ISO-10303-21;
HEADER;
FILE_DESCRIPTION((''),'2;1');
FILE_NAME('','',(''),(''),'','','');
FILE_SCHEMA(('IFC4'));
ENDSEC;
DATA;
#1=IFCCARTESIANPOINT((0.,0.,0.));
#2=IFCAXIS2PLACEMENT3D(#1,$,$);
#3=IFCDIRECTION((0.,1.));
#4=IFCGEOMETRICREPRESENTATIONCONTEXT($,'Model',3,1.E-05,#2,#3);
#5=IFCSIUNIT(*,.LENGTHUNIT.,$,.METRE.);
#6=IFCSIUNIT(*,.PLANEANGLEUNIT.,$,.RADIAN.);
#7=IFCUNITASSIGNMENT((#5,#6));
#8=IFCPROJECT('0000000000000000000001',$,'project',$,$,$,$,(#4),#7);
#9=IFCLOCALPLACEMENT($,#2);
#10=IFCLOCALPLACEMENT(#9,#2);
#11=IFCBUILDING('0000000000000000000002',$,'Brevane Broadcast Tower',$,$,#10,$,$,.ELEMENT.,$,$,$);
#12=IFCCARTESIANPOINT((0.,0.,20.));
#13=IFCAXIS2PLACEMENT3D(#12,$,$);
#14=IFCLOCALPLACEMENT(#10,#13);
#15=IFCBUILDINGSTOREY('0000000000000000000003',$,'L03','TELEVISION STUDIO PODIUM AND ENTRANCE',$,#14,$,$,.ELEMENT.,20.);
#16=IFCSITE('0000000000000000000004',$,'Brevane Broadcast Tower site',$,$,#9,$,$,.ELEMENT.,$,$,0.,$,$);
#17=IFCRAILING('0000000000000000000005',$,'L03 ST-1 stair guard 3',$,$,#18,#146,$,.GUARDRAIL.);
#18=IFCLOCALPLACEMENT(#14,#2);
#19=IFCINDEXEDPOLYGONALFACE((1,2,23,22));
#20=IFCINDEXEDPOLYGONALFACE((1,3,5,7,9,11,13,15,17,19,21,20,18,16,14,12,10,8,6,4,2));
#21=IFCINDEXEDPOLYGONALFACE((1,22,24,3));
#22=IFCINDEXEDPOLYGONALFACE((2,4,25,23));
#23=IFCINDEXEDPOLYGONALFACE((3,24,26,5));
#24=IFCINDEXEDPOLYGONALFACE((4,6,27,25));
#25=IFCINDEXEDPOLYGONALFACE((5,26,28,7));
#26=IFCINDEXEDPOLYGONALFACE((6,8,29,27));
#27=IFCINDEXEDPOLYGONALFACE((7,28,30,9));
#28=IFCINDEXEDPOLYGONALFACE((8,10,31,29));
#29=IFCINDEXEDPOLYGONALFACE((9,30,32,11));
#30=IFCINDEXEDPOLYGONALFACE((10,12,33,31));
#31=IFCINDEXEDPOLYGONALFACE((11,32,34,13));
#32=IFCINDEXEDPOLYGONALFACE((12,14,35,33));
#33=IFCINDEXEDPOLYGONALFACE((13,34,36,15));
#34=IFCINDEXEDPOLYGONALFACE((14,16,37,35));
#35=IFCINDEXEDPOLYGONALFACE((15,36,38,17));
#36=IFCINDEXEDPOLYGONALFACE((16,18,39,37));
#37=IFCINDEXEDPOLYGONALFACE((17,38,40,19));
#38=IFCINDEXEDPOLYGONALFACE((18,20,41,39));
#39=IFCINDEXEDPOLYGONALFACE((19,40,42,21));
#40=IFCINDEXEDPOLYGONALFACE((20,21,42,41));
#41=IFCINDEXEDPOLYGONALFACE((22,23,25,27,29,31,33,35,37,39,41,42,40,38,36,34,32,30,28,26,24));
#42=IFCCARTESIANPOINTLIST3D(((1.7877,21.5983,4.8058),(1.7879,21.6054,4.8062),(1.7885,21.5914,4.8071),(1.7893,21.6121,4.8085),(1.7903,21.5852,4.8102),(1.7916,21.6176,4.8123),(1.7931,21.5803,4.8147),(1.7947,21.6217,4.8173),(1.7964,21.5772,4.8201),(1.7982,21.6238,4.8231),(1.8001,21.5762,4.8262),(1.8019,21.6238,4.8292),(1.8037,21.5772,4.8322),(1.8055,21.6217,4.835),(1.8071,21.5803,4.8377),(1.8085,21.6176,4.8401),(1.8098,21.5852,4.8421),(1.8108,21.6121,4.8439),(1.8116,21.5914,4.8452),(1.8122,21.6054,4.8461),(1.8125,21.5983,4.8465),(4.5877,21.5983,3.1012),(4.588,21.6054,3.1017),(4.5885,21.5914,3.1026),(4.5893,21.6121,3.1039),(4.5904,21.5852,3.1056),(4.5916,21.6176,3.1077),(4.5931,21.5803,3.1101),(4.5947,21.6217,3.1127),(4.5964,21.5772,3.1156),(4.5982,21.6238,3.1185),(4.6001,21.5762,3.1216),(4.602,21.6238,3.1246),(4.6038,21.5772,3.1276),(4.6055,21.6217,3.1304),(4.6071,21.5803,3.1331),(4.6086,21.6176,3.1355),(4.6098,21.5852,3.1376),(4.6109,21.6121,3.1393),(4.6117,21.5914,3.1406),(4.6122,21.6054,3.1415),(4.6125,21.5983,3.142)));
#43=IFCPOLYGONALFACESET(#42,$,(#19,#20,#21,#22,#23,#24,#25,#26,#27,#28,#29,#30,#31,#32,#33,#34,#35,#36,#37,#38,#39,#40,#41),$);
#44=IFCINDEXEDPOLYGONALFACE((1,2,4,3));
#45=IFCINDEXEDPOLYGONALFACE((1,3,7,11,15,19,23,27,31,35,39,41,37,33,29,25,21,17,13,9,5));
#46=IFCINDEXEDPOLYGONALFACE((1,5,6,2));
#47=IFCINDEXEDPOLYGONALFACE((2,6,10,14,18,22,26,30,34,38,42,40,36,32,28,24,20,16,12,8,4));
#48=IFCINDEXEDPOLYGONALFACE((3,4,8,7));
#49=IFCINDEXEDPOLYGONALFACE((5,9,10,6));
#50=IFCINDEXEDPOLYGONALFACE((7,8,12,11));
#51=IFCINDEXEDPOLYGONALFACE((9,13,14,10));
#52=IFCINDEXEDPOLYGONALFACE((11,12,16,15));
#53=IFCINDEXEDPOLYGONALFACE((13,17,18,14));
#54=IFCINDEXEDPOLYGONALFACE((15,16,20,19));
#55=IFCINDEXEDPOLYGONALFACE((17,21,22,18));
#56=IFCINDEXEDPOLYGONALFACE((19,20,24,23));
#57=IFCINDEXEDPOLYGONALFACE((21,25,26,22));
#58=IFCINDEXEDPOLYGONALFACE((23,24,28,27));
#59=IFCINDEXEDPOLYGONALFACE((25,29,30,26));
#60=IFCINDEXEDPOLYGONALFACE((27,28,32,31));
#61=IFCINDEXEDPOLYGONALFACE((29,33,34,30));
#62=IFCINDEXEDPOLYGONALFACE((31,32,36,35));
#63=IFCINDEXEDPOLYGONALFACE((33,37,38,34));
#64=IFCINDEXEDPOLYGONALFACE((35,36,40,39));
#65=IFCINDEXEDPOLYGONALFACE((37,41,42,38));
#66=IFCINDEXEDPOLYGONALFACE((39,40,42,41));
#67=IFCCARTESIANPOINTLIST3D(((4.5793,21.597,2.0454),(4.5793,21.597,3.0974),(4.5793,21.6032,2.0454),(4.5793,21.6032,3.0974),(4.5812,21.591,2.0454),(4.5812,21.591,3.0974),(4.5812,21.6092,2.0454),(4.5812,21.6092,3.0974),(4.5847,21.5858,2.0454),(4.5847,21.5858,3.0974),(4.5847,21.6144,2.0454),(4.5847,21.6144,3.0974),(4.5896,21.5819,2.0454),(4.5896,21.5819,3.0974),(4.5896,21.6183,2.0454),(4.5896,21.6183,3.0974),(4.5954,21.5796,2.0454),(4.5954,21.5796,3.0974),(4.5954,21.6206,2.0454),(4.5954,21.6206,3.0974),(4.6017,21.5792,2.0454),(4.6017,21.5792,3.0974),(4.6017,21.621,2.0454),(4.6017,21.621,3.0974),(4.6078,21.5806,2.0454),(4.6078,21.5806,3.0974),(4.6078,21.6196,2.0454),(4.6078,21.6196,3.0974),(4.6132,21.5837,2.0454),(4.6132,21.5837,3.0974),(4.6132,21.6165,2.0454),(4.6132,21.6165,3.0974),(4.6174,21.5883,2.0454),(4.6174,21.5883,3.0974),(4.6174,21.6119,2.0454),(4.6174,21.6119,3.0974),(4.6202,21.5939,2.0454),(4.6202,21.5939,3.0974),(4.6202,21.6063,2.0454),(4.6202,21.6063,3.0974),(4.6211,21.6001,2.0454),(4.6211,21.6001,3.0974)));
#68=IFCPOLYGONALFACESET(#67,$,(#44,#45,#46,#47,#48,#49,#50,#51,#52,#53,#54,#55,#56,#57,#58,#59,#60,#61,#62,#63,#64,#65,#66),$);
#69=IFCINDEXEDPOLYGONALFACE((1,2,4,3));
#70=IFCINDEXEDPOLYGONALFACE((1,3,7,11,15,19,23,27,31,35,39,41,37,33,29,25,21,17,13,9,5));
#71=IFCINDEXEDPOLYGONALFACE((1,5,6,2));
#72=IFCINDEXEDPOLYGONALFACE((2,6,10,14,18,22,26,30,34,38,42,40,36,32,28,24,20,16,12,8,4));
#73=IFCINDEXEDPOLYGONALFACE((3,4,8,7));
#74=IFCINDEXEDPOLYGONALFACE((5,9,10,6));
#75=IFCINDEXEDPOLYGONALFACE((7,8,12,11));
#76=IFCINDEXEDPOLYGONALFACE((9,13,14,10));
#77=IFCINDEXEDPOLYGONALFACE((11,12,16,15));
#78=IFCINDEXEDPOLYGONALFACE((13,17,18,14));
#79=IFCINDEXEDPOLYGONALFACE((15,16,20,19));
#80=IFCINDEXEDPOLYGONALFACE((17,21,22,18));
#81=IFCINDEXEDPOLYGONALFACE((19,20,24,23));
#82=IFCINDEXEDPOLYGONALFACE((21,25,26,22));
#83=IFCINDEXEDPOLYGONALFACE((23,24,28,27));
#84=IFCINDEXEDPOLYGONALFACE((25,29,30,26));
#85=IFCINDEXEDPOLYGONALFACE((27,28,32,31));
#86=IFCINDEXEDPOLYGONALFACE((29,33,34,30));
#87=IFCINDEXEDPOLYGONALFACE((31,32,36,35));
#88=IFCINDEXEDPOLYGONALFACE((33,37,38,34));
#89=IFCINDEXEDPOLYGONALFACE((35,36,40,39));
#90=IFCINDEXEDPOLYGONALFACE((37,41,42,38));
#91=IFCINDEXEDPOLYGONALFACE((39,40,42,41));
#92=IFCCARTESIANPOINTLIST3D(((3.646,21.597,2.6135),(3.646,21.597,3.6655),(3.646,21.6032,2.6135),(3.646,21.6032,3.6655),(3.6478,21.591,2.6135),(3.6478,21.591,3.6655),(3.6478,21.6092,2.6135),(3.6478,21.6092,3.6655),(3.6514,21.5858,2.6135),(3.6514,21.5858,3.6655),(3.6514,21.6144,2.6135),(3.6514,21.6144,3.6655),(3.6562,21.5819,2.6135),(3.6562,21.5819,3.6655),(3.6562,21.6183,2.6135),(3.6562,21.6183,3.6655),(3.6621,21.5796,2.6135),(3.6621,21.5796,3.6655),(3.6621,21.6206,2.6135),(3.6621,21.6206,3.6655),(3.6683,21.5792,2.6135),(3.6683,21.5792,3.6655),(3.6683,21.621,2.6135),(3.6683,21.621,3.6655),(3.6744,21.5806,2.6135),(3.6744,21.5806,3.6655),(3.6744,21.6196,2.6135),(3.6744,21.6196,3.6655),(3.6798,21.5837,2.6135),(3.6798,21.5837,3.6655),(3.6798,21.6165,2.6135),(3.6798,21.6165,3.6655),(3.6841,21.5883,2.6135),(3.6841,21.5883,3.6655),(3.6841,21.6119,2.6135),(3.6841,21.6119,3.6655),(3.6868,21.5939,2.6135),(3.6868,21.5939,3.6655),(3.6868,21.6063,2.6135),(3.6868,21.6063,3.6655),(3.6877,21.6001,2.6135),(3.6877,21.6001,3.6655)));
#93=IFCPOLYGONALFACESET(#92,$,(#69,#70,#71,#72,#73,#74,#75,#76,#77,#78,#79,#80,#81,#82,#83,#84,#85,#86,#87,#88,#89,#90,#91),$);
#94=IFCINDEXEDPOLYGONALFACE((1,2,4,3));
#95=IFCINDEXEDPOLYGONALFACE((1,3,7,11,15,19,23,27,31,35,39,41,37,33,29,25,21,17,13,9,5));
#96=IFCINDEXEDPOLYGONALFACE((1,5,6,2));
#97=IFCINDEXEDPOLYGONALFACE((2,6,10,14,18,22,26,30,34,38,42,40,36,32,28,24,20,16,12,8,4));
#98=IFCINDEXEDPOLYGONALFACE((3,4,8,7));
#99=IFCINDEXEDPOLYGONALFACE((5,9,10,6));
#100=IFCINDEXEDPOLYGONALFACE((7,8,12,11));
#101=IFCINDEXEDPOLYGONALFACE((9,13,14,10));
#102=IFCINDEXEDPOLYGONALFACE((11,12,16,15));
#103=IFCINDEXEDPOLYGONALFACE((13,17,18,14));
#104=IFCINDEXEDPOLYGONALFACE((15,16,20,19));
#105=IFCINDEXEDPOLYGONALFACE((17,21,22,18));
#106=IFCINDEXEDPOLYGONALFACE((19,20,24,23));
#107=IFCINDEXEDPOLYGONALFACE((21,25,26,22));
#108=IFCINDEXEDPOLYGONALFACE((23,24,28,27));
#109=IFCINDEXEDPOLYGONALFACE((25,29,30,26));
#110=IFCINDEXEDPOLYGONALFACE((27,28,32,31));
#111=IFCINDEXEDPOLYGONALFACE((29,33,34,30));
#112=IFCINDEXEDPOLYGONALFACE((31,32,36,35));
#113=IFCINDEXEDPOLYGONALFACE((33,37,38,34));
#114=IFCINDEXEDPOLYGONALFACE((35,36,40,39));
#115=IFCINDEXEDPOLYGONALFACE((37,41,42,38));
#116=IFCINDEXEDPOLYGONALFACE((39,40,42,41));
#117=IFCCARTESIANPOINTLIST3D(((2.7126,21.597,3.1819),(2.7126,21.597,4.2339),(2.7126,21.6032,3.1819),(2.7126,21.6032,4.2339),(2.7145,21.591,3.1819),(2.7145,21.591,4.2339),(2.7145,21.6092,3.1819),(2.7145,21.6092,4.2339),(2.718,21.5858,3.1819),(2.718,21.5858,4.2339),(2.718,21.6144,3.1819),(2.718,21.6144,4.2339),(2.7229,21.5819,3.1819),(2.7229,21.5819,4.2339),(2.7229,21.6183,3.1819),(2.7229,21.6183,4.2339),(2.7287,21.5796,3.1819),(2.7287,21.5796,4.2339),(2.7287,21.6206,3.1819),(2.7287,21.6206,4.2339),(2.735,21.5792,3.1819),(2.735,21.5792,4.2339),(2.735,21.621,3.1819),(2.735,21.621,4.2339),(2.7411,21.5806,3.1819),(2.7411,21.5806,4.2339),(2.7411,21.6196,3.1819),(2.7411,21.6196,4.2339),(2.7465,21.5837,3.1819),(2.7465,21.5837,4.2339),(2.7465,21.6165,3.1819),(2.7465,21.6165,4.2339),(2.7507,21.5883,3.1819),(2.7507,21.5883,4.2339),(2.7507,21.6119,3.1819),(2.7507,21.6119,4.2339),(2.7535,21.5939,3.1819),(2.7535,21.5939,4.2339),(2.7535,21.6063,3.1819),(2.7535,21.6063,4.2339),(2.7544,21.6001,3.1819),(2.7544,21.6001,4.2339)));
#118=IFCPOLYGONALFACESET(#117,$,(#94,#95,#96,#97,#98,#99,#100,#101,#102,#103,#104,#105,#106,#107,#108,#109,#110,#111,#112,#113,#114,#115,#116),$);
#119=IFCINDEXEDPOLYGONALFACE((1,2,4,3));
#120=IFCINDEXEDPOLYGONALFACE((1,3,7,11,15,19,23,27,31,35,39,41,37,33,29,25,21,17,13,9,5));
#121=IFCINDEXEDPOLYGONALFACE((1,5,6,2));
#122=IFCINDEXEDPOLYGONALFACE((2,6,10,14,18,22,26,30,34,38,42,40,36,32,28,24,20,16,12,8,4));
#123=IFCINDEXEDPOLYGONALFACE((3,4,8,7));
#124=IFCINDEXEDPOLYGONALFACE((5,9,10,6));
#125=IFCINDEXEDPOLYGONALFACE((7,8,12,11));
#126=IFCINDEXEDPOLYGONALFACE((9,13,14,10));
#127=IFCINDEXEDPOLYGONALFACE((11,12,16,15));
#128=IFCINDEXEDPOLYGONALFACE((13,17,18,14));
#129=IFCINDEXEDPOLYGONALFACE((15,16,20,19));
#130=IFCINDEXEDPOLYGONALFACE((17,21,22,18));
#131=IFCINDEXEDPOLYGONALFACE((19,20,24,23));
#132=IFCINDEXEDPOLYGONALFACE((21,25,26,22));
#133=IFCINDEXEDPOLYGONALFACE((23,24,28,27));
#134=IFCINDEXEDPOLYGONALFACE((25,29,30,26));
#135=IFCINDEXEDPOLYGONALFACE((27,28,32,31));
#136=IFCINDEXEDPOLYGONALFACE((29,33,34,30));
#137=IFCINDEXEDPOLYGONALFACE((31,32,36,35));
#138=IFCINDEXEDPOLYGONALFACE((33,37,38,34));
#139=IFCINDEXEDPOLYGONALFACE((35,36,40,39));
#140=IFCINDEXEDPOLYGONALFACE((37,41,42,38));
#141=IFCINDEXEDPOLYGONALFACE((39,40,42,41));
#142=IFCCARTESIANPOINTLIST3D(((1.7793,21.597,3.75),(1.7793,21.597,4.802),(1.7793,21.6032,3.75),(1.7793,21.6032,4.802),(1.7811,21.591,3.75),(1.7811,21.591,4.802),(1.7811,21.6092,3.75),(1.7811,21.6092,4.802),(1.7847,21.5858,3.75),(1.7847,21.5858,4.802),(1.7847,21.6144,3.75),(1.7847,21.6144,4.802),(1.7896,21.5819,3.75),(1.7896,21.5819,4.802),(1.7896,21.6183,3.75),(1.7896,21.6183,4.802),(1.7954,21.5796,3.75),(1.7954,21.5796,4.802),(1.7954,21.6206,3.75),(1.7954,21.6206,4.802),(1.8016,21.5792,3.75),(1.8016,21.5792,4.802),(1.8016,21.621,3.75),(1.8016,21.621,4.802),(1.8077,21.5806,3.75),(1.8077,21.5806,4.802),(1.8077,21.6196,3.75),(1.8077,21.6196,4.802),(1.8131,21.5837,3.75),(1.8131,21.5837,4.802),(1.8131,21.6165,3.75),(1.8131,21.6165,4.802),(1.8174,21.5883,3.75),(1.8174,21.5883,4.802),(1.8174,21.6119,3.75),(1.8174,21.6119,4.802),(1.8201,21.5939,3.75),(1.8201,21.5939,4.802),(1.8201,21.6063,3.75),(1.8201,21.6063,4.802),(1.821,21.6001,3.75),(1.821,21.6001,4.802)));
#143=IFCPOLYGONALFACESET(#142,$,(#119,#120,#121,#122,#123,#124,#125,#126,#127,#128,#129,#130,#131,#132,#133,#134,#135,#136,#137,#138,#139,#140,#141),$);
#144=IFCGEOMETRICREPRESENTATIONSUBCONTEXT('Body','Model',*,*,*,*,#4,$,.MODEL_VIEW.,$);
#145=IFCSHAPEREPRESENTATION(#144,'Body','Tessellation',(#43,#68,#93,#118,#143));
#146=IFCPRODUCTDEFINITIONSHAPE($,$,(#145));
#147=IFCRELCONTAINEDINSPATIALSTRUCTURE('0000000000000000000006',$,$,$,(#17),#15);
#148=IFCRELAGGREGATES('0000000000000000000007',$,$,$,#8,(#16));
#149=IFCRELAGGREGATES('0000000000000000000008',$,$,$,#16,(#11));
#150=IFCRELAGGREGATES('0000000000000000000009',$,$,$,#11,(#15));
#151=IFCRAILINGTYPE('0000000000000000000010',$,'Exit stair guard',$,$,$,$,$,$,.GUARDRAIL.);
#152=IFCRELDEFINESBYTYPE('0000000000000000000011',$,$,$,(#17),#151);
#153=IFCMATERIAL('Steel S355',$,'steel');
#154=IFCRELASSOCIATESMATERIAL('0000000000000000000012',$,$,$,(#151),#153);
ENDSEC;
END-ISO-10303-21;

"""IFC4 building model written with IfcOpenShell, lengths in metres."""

from ifc_helpers import new_model, si_unit, direction, frame, origin, origin_2d, place, context, subcontext, project, spatial, circle, extrude, material, type_object, element, save


model = new_model("IFC4")

# Units and contexts
model_context = context("Model", 3, precision=1e-05, world=origin(), true_north=direction((0.0, 1.0)))
body_context = subcontext(model_context, "Body", "Model", "MODEL_VIEW")
ifc_project = project(units=[si_unit("LENGTHUNIT", "METRE"), si_unit("PLANEANGLEUNIT", "RADIAN")], contexts=[model_context])

# Site, building, storey
site_placement = place(None, origin())
site = spatial("IfcSite", under=ifc_project, at=site_placement, Name="Brevane Broadcast Tower site", CompositionType="ELEMENT", RefElevation=0.0)
building_placement = place(site_placement, origin())
building = spatial("IfcBuilding", under=site, at=building_placement, Name="Brevane Broadcast Tower", CompositionType="ELEMENT")
storey_placement = place(building_placement, frame((0.0, 0.0, 20.0)))
storey = spatial("IfcBuildingStorey", under=building, at=storey_placement, Name="L03", Description="TELEVISION STUDIO PODIUM AND ENTRANCE", CompositionType="ELEMENT", Elevation=20.0)

# Railing
ifc_material_1 = material(Name="Steel S355", Category="steel")
railing_type_1 = type_object("IfcRailingType", Name="Exit stair guard", PredefinedType="GUARDRAIL", material=ifc_material_1)
railing_1_placement = place(storey_placement, frame((4.6001, 21.6001, 2.0454)))
element("IfcRailing", 1, at=railing_1_placement, inside=storey, type_object=railing_type_1, Name="L03 ST-1 stair guard 3", PredefinedType="GUARDRAIL", context=body_context, shape_type="SweptSolid", body=[
    extrude(circle(Radius=0.0239, at=origin_2d()), frame((0.0, 0.0, 1.0762), z_axis=(-0.85417, 0.0, 0.519994), x_axis=(0.0, -1.0, 0.0)), (0.0, 0.0, 1.0), 3.2781),
    extrude(circle(Radius=0.021, at=origin_2d()), origin(), (0.0, 0.0, 1.0), 1.052),
    extrude(circle(Radius=0.021, at=origin_2d()), frame((-0.9333, 0.0, 0.5681)), (0.0, 0.0, 1.0), 1.052),
    extrude(circle(Radius=0.021, at=origin_2d()), frame((-1.8667, 0.0, 1.1365)), (0.0, 0.0, 1.0), 1.052),
    extrude(circle(Radius=0.021, at=origin_2d()), frame((-2.8, 0.0, 1.7046)), (0.0, 0.0, 1.0), 1.052),
])

save(model, "model.ifc")
